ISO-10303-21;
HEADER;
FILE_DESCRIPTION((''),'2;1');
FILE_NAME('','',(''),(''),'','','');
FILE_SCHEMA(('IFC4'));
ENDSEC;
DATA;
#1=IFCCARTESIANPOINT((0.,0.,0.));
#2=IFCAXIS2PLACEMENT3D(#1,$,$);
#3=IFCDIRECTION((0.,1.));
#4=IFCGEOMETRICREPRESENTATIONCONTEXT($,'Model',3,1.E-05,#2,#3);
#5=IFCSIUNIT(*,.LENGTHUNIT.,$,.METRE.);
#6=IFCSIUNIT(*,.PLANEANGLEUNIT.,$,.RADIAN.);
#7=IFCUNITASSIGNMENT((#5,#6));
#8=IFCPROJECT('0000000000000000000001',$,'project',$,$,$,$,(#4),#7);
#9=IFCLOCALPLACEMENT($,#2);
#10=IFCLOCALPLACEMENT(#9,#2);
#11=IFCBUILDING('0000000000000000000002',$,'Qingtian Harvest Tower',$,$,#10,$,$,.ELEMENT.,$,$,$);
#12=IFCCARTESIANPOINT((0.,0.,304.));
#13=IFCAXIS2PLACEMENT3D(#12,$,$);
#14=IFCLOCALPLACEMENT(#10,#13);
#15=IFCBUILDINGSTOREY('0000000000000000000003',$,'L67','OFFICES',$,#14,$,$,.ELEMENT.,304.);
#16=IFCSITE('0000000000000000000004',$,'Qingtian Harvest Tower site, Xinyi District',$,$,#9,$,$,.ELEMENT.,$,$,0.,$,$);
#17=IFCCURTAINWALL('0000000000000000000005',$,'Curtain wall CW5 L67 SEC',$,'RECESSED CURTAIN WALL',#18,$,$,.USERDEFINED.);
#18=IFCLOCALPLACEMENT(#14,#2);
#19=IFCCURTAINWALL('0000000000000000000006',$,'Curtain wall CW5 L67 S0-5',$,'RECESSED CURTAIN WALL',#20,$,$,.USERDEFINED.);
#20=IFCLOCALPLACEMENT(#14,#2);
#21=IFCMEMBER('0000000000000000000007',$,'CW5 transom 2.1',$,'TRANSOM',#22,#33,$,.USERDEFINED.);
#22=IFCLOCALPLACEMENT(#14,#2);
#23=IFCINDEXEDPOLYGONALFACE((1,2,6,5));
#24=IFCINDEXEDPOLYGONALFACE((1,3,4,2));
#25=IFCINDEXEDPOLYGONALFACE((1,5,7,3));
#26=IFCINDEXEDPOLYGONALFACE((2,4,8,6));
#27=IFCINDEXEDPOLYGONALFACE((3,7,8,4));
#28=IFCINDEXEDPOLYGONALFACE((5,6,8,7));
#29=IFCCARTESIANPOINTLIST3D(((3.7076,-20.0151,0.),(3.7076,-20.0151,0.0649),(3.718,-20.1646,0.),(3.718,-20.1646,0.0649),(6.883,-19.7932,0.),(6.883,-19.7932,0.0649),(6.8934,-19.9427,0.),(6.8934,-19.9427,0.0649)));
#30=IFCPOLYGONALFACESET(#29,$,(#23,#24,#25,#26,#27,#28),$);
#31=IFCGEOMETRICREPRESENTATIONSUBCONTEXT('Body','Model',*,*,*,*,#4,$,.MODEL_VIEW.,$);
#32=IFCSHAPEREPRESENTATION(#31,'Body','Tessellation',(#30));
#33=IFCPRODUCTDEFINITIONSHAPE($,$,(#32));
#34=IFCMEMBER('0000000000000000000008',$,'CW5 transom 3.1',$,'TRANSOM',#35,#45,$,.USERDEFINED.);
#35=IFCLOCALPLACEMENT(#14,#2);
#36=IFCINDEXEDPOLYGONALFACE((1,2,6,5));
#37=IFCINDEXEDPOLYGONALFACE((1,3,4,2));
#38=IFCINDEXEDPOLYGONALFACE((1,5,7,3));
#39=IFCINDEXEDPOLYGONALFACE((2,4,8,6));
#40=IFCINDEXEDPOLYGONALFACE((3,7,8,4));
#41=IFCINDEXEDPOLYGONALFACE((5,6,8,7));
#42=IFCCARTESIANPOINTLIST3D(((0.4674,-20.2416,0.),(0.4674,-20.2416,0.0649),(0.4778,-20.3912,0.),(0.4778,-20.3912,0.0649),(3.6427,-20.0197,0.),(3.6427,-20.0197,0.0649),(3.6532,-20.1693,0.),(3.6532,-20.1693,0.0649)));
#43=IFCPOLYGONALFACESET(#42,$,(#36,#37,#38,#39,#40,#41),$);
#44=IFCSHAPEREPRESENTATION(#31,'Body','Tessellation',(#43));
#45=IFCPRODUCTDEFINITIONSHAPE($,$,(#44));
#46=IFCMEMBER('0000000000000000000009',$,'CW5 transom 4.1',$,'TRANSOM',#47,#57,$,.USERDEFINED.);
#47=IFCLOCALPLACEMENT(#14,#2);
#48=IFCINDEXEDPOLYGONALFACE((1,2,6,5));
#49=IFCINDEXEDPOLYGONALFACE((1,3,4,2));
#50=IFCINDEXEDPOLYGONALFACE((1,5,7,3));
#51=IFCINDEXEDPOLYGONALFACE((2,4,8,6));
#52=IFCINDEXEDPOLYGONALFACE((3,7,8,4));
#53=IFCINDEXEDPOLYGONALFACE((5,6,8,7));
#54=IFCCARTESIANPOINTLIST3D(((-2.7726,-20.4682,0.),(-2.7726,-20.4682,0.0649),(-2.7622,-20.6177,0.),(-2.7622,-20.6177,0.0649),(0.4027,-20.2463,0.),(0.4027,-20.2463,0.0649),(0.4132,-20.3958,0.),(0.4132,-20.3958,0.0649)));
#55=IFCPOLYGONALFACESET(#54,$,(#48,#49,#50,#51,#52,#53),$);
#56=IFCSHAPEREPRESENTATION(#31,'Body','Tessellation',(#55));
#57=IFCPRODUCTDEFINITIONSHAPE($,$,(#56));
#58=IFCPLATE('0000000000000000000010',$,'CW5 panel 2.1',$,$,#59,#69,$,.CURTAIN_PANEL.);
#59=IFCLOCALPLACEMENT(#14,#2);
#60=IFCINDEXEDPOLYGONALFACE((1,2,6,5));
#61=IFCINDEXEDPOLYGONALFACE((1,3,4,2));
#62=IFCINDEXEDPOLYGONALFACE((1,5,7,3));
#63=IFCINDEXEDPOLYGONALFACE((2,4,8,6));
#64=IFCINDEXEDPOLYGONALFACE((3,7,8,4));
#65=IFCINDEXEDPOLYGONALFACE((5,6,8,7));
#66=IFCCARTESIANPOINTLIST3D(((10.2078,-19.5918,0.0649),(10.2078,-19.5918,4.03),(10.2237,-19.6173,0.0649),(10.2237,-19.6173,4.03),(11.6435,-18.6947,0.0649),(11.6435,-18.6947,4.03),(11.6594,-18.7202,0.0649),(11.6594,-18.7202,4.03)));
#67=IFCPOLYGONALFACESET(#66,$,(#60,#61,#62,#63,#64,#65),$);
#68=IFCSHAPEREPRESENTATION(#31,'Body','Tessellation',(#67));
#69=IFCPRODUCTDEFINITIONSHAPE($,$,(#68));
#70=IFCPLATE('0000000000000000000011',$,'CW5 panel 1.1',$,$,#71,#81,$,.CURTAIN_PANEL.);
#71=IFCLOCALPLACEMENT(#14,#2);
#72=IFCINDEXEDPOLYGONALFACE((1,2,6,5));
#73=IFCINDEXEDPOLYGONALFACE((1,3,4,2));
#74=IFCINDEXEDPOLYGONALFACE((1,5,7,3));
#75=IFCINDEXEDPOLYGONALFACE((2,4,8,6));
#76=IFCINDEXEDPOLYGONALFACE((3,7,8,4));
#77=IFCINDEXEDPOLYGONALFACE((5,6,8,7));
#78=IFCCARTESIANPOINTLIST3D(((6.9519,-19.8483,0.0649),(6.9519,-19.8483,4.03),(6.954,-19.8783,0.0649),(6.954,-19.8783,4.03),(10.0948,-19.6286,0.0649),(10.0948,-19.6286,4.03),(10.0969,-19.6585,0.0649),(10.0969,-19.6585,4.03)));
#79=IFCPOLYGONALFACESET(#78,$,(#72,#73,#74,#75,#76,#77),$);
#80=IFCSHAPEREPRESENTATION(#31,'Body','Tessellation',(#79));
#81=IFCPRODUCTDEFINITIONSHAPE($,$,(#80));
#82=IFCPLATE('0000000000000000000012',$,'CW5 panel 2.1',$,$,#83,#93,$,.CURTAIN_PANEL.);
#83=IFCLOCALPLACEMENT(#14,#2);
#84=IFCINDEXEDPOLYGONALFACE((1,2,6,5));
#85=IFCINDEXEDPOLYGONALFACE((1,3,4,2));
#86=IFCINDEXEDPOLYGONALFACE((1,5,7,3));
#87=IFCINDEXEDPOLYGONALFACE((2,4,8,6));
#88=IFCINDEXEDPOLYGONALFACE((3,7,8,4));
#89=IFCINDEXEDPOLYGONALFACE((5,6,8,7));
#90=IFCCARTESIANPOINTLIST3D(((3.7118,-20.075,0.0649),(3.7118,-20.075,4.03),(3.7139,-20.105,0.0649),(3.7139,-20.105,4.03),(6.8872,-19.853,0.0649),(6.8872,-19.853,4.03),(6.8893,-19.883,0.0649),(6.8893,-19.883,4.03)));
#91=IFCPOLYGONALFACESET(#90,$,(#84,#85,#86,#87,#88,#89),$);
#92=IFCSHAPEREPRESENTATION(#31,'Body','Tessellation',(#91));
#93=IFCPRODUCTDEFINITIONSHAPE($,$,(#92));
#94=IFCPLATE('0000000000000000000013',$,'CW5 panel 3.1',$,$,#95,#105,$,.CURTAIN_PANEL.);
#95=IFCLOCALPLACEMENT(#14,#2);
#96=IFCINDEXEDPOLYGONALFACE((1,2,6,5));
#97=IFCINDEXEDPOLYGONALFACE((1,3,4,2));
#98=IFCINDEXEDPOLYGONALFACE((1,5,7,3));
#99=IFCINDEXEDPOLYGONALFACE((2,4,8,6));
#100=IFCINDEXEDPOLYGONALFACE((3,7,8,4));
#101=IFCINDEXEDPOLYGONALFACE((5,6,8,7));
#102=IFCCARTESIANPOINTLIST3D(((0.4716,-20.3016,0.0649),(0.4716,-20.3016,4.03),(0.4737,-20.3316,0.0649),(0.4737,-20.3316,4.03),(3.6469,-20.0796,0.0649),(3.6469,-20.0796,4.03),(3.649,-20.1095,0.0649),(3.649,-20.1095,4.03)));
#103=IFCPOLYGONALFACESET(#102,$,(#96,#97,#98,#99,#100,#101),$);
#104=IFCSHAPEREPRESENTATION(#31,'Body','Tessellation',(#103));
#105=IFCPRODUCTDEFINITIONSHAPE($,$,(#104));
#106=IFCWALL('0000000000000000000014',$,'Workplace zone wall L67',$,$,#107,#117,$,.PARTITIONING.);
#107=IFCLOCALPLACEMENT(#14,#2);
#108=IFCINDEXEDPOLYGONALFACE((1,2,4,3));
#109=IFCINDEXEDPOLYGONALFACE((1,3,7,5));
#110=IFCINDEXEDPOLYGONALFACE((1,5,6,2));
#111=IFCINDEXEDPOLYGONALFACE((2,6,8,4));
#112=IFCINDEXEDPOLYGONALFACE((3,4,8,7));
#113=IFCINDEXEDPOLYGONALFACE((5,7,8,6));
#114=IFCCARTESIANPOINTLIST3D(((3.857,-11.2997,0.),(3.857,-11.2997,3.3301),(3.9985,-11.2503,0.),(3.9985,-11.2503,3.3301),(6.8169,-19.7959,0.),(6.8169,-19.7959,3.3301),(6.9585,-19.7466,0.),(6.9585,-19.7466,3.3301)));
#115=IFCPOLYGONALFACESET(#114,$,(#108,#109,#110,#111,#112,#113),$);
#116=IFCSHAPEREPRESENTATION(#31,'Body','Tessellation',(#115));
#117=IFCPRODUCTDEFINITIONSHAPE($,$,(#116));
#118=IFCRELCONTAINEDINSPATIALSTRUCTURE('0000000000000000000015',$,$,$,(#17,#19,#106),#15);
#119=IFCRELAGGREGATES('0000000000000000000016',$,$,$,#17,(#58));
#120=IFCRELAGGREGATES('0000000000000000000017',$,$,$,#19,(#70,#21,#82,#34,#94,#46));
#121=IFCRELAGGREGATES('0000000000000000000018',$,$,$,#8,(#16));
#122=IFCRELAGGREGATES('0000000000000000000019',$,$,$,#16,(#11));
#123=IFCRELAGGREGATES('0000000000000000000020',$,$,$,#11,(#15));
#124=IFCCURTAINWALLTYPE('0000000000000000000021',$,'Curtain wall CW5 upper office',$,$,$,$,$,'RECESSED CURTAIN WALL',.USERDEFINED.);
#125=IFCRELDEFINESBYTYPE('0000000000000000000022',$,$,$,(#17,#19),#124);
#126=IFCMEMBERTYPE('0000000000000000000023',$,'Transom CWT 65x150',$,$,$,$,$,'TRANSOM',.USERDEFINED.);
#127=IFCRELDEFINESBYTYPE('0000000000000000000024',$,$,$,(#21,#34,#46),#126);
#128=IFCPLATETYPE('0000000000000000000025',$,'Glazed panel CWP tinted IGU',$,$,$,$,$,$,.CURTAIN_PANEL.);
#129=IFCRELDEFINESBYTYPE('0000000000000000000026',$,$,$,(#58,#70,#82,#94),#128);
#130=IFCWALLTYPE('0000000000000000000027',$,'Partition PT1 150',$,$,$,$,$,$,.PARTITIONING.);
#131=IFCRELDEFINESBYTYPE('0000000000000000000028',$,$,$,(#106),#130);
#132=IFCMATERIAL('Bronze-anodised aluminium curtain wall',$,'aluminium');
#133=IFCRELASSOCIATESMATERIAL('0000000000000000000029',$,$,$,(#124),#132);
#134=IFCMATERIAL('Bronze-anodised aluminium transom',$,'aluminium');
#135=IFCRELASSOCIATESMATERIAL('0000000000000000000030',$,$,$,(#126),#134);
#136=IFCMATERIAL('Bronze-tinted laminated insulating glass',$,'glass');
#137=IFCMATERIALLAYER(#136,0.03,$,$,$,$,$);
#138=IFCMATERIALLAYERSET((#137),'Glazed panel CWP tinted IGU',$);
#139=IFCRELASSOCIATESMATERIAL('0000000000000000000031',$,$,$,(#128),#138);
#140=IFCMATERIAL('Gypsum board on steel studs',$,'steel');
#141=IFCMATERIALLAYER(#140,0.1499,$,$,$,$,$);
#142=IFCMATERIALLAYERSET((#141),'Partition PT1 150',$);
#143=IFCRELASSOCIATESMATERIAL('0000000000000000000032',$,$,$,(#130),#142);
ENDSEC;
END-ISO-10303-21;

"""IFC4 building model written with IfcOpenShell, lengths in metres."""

from ifc_helpers import new_model, si_unit, direction, frame, frame_2d, origin, origin_2d, place, context, subcontext, project, spatial, rectangle, extrude, material, layer, layer_set, material_profile, profile_set, type_object, element, aggregate, save


model = new_model("IFC4")

# Units and contexts
model_context = context("Model", 3, precision=1e-05, world=origin(), true_north=direction((0.0, 1.0)))
body_context = subcontext(model_context, "Body", "Model", "MODEL_VIEW")
ifc_project = project(units=[si_unit("LENGTHUNIT", "METRE"), si_unit("PLANEANGLEUNIT", "RADIAN")], contexts=[model_context])

# Site, building, storey
site_placement = place(None, origin())
site = spatial("IfcSite", under=ifc_project, at=site_placement, Name="Qingtian Harvest Tower site, Xinyi District", CompositionType="ELEMENT", RefElevation=0.0)
building_placement = place(site_placement, origin())
building = spatial("IfcBuilding", under=site, at=building_placement, Name="Qingtian Harvest Tower", CompositionType="ELEMENT")
storey_placement = place(building_placement, frame((0.0, 0.0, 304.0)))
storey = spatial("IfcBuildingStorey", under=building, at=storey_placement, Name="L67", Description="OFFICES", CompositionType="ELEMENT", Elevation=304.0)

# Curtain wall
ifc_material_1 = material(Name="Bronze-anodised aluminium curtain wall", Category="aluminium")
curtain_wall_type = type_object("IfcCurtainWallType", Name="Curtain wall CW5 upper office", ElementType="RECESSED CURTAIN WALL", PredefinedType="USERDEFINED", material=ifc_material_1)
curtain_wall_1_placement = place(storey_placement, origin())
curtain_wall_1 = element("IfcCurtainWall", 1, at=curtain_wall_1_placement, inside=storey, type_object=curtain_wall_type, Name="Curtain wall CW5 L67 SEC", ObjectType="RECESSED CURTAIN WALL", PredefinedType="USERDEFINED")

# Curtain wall
curtain_wall_2_placement = place(storey_placement, origin())
curtain_wall_2 = element("IfcCurtainWall", 2, at=curtain_wall_2_placement, inside=storey, type_object=curtain_wall_type, Name="Curtain wall CW5 L67 S0-5", ObjectType="RECESSED CURTAIN WALL", PredefinedType="USERDEFINED")

# Members
ifc_material_2 = material(Name="Bronze-anodised aluminium transom", Category="aluminium")
ifc_material_profile_1 = material_profile(ifc_material_2, rectangle(XDim=0.1499, YDim=0.0649, at=origin_2d()), Name="AL 65x150")
ifc_profile_set_1 = profile_set([ifc_material_profile_1], Name="Bronze-anodised aluminium transom")
member_type_1 = type_object("IfcMemberType", Name="Transom CWT 65x150", ElementType="TRANSOM", PredefinedType="USERDEFINED", material=ifc_profile_set_1)
member_1_placement = place(storey_placement, frame((6.8882, -19.8679, 0.0325), z_axis=(-0.997567, -0.069721, 0.0), x_axis=(0.069721, -0.997567, 0.0)))
member_1 = element("IfcMember", 3, at=member_1_placement, type_object=member_type_1, Name="CW5 transom 2.1", ObjectType="TRANSOM", PredefinedType="USERDEFINED", context=body_context, shape_type="SweptSolid", body=[
    extrude(rectangle(XDim=0.1499, YDim=0.0649, at=origin_2d()), origin(), (0.0, 0.0, 1.0), 3.1831),
])
member_2_placement = place(storey_placement, frame((3.6479, -20.0945, 0.0325), z_axis=(-0.997567, -0.069721, 0.0), x_axis=(0.069721, -0.997567, 0.0)))
member_2 = element("IfcMember", 4, at=member_2_placement, type_object=member_type_1, Name="CW5 transom 3.1", ObjectType="TRANSOM", PredefinedType="USERDEFINED", context=body_context, shape_type="SweptSolid", body=[
    extrude(rectangle(XDim=0.1499, YDim=0.0649, at=origin_2d()), origin(), (0.0, 0.0, 1.0), 3.1831),
])
member_3_placement = place(storey_placement, frame((0.408, -20.321, 0.0325), z_axis=(-0.997567, -0.069721, 0.0), x_axis=(0.069721, -0.997567, 0.0)))
member_3 = element("IfcMember", 5, at=member_3_placement, type_object=member_type_1, Name="CW5 transom 4.1", ObjectType="TRANSOM", PredefinedType="USERDEFINED", context=body_context, shape_type="SweptSolid", body=[
    extrude(rectangle(XDim=0.1499, YDim=0.0649, at=origin_2d()), origin(), (0.0, 0.0, 1.0), 3.1831),
])

# Plates
ifc_material_3 = material(Name="Bronze-tinted laminated insulating glass", Category="glass")
ifc_layer_1 = layer(ifc_material_3, 0.03)
ifc_layer_set_1 = layer_set([ifc_layer_1], Name="Glazed panel CWP tinted IGU")
plate_type = type_object("IfcPlateType", Name="Glazed panel CWP tinted IGU", PredefinedType="CURTAIN_PANEL", material=ifc_layer_set_1)
plate_1_placement = place(storey_placement, frame((10.9336, -19.156, 0.0649), z_axis=(0.0, 0.0, 1.0), x_axis=(-0.848048, -0.529919, 0.0)))
plate_1 = element("IfcPlate", 6, at=plate_1_placement, type_object=plate_type, Name="CW5 panel 2.1", PredefinedType="CURTAIN_PANEL", context=body_context, shape_type="SweptSolid", body=[
    extrude(rectangle(XDim=1.6929, YDim=0.03, at=origin_2d()), origin(), (0.0, 0.0, 1.0), 3.9651),
])
aggregate(curtain_wall_1, [plate_1])
plate_2_placement = place(storey_placement, frame((8.5244, -19.7534, 0.0649), z_axis=(0.0, 0.0, 1.0), x_axis=(-0.997564, -0.069756, 0.0)))
plate_2 = element("IfcPlate", 7, at=plate_2_placement, type_object=plate_type, Name="CW5 panel 1.1", PredefinedType="CURTAIN_PANEL", context=body_context, shape_type="SweptSolid", body=[
    extrude(rectangle(XDim=3.1506, YDim=0.03, at=origin_2d()), origin(), (0.0, 0.0, 1.0), 3.9651),
])
plate_3_placement = place(storey_placement, frame((5.3005, -19.979, 0.0649), z_axis=(0.0, 0.0, 1.0), x_axis=(-0.997564, -0.069756, 0.0)))
plate_3 = element("IfcPlate", 8, at=plate_3_placement, type_object=plate_type, Name="CW5 panel 2.1", PredefinedType="CURTAIN_PANEL", context=body_context, shape_type="SweptSolid", body=[
    extrude(rectangle(XDim=3.1831, YDim=0.03, at=origin_2d()), origin(), (0.0, 0.0, 1.0), 3.9651),
])
plate_4_placement = place(storey_placement, frame((2.0603, -20.2056, 0.0649), z_axis=(0.0, 0.0, 1.0), x_axis=(-0.997564, -0.069756, 0.0)))
plate_4 = element("IfcPlate", 9, at=plate_4_placement, type_object=plate_type, Name="CW5 panel 3.1", PredefinedType="CURTAIN_PANEL", context=body_context, shape_type="SweptSolid", body=[
    extrude(rectangle(XDim=3.1831, YDim=0.03, at=origin_2d()), origin(), (0.0, 0.0, 1.0), 3.9651),
])
aggregate(curtain_wall_2, [plate_2, member_1, plate_3, member_2, plate_4, member_3])

# Wall
ifc_material_4 = material(Name="Gypsum board on steel studs", Category="steel")
ifc_layer_2 = layer(ifc_material_4, 0.1499)
ifc_layer_set_2 = layer_set([ifc_layer_2], Name="Partition PT1 150")
wall_type = type_object("IfcWallType", Name="Partition PT1 150", PredefinedType="PARTITIONING", material=ifc_layer_set_2)
wall_placement = place(storey_placement, frame((6.8877, -19.7712, 0.0), z_axis=(0.0, 0.0, 1.0), x_axis=(-0.328988, 0.944334, 0.0)))
element("IfcWall", 10, at=wall_placement, inside=storey, type_object=wall_type, Name="Workplace zone wall L67", PredefinedType="PARTITIONING", context=body_context, shape_type="SweptSolid", body=[
    extrude(rectangle(XDim=8.9971, YDim=0.1499, at=frame_2d((4.4985, 0.0))), origin(), (0.0, 0.0, 1.0), 3.3301),
])

save(model, "model.ifc")
